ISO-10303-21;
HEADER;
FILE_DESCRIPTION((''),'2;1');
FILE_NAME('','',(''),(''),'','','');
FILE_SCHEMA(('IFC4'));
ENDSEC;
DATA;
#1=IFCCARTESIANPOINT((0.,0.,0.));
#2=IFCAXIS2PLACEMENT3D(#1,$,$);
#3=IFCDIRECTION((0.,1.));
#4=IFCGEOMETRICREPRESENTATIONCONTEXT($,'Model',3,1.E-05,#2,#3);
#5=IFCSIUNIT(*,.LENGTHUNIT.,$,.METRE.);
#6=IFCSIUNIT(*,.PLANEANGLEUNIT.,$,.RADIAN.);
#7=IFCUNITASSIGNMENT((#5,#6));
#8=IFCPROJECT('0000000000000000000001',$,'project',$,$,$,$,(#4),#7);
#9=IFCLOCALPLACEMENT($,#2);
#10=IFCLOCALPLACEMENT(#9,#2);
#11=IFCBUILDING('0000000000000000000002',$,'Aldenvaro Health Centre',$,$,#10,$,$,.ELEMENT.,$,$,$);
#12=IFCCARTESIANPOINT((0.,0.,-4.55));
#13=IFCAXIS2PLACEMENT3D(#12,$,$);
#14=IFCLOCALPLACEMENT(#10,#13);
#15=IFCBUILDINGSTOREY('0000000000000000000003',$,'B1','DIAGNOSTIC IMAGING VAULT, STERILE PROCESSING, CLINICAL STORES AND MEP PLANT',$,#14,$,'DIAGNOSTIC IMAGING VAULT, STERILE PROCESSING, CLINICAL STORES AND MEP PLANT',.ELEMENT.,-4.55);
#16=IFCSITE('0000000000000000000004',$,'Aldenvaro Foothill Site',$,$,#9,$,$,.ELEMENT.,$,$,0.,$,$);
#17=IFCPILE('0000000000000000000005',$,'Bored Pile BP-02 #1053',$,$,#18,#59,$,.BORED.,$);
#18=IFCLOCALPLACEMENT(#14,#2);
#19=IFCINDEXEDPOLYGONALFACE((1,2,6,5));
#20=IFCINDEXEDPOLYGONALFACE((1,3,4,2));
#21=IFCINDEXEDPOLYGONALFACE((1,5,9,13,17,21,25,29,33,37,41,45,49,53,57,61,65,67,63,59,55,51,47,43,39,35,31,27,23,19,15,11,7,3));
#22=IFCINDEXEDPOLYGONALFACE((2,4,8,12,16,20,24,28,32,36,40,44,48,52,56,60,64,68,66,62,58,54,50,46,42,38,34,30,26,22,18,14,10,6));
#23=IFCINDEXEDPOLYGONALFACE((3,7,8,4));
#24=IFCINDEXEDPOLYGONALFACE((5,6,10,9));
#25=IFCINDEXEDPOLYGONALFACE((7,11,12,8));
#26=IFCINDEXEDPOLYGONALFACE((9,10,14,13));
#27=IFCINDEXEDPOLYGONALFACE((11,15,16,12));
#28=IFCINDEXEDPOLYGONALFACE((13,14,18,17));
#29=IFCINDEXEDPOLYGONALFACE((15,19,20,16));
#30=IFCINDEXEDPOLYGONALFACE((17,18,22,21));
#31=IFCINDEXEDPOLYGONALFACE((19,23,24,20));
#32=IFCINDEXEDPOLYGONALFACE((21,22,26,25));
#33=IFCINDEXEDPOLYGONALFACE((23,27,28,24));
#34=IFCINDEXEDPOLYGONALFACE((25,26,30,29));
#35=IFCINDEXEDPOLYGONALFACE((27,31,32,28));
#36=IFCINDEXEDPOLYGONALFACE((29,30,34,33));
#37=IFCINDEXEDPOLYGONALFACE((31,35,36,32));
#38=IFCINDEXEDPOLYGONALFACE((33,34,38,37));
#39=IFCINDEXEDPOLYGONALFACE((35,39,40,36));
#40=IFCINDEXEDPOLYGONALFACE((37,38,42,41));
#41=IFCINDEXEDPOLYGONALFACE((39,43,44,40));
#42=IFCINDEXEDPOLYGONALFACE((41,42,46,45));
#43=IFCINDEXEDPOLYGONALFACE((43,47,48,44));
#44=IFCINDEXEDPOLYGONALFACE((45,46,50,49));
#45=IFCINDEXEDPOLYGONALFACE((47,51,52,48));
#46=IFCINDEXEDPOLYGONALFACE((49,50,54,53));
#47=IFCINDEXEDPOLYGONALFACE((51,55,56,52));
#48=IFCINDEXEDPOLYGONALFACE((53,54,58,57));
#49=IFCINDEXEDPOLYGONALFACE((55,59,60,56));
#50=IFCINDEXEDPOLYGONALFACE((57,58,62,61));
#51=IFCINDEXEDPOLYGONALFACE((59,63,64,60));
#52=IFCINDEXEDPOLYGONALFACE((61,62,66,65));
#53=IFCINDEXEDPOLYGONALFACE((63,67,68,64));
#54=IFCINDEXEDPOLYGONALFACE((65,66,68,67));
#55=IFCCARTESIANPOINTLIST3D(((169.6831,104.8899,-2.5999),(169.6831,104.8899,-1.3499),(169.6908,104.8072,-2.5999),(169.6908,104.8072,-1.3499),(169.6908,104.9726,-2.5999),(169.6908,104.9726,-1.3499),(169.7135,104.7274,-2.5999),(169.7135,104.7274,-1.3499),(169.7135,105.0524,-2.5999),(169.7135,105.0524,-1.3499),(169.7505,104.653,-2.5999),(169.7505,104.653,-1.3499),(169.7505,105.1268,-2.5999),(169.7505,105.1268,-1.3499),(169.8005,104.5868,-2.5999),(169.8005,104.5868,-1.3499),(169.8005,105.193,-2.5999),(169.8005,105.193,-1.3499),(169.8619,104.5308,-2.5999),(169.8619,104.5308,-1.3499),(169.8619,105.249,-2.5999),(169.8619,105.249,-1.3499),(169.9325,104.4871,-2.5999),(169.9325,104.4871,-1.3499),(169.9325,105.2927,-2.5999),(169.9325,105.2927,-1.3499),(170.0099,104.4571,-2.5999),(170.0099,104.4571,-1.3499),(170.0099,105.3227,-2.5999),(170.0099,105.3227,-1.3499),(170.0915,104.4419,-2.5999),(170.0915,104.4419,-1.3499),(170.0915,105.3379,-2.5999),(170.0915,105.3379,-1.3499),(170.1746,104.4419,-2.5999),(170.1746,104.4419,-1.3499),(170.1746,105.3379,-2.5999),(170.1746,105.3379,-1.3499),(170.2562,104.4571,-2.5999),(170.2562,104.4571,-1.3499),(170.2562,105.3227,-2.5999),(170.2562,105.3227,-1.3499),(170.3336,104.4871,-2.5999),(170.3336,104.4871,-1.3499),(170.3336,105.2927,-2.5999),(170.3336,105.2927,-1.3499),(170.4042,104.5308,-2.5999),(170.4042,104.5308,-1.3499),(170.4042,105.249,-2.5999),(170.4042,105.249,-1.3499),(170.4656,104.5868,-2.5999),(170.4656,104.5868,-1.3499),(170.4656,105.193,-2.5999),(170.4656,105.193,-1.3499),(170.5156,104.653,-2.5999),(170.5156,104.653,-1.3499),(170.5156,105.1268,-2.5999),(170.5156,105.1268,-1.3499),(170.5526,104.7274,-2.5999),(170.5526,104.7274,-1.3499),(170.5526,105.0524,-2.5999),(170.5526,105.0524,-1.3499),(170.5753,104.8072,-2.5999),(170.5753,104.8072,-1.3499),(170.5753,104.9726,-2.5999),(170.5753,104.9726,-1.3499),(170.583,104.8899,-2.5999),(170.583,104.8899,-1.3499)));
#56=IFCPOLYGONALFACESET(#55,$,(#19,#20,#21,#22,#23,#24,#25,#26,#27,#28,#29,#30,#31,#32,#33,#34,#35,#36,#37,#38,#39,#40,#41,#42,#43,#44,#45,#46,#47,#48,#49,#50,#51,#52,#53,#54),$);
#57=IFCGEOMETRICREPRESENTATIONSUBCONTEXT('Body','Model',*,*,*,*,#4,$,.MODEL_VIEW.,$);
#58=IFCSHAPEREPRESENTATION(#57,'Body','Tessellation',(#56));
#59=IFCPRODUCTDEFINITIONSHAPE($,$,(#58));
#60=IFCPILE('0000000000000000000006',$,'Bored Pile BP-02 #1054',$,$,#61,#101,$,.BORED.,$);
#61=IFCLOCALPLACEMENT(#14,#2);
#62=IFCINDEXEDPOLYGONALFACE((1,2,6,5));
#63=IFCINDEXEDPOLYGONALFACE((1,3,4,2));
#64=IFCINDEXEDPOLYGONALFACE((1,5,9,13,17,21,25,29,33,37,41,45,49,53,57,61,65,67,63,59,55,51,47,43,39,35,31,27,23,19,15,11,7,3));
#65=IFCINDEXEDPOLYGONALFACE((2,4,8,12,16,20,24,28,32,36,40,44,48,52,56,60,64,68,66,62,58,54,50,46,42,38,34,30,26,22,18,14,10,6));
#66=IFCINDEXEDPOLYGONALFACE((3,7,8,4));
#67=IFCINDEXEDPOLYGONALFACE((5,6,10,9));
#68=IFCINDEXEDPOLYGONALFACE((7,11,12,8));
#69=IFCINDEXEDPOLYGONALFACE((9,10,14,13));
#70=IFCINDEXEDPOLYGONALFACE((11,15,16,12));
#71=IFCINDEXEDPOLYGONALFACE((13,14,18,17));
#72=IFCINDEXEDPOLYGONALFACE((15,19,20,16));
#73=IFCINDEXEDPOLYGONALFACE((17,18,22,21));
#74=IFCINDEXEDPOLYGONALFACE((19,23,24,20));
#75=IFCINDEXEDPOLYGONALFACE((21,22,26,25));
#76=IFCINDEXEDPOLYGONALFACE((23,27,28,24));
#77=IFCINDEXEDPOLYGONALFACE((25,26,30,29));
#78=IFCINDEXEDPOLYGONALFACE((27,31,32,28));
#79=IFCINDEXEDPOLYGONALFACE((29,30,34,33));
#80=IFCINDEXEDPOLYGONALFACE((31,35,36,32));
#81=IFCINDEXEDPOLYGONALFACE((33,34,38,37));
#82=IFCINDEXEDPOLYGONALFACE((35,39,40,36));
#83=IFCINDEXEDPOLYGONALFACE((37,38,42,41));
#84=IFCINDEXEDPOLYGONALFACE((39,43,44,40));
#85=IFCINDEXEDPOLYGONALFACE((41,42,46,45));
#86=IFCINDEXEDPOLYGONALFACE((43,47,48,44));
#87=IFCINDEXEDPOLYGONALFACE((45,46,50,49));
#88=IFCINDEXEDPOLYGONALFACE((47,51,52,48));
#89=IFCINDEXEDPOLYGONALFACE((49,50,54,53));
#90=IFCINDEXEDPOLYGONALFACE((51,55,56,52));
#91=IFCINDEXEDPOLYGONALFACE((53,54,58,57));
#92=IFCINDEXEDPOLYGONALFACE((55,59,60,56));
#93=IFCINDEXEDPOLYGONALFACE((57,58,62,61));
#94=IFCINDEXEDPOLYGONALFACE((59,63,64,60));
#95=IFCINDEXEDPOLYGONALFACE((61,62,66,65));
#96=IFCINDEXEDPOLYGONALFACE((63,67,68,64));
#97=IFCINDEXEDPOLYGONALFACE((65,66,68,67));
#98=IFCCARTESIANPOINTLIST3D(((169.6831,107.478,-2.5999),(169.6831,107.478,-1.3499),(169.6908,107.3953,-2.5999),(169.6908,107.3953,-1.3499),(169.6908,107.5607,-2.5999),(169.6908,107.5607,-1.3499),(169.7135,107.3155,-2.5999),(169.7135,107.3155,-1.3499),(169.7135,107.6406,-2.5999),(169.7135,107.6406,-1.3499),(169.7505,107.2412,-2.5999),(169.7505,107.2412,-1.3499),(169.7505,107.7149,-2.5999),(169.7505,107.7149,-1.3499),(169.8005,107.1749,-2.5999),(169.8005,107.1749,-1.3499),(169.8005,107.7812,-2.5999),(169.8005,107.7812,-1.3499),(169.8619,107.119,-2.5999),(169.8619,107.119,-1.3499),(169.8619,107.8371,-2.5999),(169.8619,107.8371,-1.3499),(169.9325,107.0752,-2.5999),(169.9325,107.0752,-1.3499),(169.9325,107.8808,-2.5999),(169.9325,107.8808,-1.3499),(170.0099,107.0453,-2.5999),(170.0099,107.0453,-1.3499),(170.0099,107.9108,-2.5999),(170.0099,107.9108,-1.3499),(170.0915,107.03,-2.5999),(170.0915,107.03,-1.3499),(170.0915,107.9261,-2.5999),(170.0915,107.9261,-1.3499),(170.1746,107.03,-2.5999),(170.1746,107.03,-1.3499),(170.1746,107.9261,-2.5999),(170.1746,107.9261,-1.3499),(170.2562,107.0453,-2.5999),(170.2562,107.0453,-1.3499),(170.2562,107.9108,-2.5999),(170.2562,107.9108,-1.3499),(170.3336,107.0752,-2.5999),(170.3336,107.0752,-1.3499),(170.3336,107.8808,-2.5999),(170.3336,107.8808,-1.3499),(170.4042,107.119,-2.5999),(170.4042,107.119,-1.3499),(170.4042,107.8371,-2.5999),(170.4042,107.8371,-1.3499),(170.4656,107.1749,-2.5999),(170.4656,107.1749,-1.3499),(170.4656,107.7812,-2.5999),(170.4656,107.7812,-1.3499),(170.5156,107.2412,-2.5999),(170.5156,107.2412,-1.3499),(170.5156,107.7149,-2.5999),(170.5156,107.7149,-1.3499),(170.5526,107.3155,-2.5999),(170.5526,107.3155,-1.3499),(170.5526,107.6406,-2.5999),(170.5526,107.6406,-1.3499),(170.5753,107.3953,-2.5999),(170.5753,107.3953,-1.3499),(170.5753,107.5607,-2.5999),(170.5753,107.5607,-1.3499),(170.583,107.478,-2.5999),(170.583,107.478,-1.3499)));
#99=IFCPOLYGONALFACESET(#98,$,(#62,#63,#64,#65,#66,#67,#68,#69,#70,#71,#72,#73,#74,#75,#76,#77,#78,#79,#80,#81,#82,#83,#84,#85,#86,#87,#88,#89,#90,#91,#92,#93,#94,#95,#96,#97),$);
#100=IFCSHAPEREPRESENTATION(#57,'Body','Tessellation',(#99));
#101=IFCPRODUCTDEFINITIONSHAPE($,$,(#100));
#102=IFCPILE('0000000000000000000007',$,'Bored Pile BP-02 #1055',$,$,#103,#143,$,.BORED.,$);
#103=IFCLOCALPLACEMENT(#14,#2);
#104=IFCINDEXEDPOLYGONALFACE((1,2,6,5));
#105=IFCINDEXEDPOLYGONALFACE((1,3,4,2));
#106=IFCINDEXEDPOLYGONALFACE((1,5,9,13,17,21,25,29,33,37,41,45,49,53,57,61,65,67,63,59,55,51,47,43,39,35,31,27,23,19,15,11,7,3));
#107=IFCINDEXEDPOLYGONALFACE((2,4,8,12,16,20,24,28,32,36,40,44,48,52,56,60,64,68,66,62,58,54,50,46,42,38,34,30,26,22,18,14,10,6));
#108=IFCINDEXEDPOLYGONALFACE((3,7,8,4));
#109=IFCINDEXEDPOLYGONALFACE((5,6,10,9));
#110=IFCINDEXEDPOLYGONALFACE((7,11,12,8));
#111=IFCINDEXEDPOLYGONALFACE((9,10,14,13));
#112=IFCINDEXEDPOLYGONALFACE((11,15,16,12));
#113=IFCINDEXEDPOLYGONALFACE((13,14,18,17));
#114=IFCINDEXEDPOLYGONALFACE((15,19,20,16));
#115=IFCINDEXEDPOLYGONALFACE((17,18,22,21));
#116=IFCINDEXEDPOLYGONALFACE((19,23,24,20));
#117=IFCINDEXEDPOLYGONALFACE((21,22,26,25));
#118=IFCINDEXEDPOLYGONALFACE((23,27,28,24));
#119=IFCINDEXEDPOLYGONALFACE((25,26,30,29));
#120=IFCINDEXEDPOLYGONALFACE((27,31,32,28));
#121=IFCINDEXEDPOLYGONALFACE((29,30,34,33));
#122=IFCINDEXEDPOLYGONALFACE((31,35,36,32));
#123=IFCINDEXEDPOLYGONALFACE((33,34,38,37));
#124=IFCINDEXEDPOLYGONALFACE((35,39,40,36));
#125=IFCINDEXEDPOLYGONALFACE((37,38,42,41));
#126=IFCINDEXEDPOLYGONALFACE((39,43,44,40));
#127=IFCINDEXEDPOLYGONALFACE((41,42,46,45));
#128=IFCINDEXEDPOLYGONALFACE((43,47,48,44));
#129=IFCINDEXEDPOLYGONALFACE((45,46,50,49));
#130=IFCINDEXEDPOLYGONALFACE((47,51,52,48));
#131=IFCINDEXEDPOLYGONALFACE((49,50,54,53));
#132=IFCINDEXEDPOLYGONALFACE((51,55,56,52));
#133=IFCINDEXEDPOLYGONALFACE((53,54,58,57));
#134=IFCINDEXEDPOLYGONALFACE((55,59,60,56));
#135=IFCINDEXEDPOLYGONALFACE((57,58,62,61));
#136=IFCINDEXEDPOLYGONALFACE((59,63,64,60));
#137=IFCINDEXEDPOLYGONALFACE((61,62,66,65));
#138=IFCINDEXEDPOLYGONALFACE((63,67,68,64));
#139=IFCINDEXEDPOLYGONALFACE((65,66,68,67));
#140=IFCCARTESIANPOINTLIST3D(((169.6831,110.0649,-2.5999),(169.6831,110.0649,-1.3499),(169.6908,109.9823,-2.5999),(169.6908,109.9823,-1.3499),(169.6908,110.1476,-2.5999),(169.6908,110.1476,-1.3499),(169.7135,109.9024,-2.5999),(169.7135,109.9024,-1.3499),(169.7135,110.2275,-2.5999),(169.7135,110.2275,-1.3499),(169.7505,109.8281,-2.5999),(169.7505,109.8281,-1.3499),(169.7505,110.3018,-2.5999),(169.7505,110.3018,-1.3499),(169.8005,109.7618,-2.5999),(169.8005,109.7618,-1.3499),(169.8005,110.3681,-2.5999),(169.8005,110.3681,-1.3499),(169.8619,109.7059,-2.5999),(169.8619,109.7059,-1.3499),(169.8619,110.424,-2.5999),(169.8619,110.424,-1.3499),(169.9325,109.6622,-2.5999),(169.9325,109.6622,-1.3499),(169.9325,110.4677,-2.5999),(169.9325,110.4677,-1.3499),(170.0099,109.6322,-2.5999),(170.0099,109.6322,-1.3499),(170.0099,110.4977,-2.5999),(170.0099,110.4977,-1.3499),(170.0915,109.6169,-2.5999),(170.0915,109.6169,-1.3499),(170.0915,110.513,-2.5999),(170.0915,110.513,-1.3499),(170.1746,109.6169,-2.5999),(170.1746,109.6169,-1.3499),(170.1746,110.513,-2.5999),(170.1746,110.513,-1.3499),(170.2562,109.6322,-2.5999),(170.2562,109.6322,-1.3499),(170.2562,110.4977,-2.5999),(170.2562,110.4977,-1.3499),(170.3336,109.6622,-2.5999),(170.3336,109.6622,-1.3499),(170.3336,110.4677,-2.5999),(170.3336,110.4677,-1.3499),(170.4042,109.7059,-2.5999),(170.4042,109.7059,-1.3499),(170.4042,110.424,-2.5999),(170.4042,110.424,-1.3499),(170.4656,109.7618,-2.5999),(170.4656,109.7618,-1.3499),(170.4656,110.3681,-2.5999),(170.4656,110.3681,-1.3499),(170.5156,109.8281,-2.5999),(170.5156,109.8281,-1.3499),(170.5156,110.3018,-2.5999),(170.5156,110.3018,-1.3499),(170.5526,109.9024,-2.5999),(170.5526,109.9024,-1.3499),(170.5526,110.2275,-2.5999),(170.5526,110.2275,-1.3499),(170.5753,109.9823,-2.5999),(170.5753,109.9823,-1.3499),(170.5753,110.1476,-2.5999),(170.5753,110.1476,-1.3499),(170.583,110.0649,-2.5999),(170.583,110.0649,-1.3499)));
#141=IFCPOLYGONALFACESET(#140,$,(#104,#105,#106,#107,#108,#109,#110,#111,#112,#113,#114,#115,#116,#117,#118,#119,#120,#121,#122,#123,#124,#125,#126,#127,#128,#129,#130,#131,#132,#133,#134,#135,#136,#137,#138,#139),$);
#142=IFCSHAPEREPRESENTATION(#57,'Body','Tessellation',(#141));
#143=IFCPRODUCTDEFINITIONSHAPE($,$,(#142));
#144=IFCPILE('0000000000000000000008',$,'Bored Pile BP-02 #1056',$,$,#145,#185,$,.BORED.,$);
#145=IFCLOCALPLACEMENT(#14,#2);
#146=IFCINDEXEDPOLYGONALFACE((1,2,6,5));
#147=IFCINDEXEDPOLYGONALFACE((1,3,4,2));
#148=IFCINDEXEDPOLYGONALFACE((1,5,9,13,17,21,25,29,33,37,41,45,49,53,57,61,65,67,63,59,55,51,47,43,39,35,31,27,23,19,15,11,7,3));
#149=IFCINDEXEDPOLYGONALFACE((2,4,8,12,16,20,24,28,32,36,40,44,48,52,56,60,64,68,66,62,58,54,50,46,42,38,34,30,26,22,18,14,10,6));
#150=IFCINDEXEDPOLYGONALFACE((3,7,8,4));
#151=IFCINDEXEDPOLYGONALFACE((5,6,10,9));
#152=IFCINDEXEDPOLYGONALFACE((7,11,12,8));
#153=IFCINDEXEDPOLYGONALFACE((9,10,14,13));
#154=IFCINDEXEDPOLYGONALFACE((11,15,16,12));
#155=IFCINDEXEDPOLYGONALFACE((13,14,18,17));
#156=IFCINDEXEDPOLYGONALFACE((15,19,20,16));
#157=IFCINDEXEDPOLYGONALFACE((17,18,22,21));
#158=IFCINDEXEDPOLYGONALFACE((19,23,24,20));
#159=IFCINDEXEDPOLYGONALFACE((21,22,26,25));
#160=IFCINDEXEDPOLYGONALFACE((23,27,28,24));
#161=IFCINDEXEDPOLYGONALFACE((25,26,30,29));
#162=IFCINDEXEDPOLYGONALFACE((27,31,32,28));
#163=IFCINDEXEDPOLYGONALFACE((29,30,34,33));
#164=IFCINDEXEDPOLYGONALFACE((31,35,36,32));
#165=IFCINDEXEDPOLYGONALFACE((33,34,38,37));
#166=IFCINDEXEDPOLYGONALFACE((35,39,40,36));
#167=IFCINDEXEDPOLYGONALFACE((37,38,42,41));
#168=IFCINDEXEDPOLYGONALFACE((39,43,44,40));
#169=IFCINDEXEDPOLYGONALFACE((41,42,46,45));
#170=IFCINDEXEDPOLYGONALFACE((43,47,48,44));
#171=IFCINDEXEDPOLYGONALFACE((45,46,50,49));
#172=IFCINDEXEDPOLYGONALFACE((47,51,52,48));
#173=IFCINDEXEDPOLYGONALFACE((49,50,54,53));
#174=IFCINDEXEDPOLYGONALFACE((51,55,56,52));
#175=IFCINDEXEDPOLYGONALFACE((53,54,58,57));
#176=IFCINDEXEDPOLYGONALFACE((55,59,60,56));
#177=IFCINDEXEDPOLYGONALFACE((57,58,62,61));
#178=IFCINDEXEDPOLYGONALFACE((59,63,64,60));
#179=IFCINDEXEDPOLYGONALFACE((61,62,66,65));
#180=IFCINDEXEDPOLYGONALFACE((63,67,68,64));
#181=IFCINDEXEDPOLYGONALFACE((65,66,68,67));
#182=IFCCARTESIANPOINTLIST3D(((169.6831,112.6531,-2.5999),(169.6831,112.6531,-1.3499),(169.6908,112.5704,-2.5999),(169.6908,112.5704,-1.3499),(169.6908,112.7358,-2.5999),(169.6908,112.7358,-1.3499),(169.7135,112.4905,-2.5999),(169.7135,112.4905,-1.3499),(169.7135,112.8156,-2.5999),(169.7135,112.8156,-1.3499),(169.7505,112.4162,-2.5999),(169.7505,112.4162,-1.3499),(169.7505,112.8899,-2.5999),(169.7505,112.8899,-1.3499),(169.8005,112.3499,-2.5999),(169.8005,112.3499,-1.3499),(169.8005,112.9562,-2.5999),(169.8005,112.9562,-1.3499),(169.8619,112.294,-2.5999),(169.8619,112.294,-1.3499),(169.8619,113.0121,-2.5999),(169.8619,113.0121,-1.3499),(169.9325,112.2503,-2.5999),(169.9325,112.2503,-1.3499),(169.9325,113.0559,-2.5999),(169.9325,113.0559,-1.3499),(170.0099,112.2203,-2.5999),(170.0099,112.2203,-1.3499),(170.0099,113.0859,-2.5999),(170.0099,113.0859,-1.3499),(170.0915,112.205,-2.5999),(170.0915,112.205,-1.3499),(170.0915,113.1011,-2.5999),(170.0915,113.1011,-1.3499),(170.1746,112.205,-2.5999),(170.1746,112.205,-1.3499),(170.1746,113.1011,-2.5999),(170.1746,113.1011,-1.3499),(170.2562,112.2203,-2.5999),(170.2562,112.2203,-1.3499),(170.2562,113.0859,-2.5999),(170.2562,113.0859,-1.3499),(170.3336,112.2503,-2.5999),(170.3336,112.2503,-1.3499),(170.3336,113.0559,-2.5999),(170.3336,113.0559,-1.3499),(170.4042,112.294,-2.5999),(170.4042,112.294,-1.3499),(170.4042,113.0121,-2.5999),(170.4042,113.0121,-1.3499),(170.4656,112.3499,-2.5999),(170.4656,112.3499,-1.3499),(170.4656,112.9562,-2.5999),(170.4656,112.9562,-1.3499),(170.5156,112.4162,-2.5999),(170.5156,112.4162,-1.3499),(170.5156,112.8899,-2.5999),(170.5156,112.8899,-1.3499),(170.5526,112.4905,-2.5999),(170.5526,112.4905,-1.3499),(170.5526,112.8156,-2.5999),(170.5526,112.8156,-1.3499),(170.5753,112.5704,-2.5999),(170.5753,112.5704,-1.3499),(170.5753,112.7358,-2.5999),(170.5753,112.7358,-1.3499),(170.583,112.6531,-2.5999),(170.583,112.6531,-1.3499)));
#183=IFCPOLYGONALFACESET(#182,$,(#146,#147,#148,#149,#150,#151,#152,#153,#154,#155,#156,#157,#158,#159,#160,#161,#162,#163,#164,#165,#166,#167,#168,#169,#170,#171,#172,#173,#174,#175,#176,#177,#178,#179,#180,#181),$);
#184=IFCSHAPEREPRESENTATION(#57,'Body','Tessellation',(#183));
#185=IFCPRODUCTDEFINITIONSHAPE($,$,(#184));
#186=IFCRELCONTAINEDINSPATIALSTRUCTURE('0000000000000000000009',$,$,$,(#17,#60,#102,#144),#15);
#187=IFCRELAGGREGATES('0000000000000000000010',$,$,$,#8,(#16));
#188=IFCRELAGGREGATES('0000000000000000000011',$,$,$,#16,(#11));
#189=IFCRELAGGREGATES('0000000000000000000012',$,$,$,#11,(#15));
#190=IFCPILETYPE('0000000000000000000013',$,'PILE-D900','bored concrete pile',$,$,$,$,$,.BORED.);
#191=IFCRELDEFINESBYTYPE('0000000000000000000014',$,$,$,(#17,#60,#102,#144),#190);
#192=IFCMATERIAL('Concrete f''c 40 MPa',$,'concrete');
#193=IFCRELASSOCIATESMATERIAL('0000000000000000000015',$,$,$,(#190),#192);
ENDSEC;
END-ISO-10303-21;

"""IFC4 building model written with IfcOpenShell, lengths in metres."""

from ifc_helpers import new_model, si_unit, direction, frame, origin, origin_2d, place, context, subcontext, project, spatial, circle, extrude, material, material_profile, profile_set, type_object, element, save


model = new_model("IFC4")

# Units and contexts
model_context = context("Model", 3, precision=1e-05, world=origin(), true_north=direction((0.0, 1.0)))
body_context = subcontext(model_context, "Body", "Model", "MODEL_VIEW")
ifc_project = project(units=[si_unit("LENGTHUNIT", "METRE"), si_unit("PLANEANGLEUNIT", "RADIAN")], contexts=[model_context])

# Site, building, storey
site_placement = place(None, origin())
site = spatial("IfcSite", under=ifc_project, at=site_placement, Name="Aldenvaro Foothill Site", CompositionType="ELEMENT", RefElevation=0.0)
building_placement = place(site_placement, origin())
building = spatial("IfcBuilding", under=site, at=building_placement, Name="Aldenvaro Health Centre", CompositionType="ELEMENT")
storey_placement = place(building_placement, frame((0.0, 0.0, -4.55)))
storey = spatial("IfcBuildingStorey", under=building, at=storey_placement, Name="B1", Description="DIAGNOSTIC IMAGING VAULT, STERILE PROCESSING, CLINICAL STORES AND MEP PLANT", LongName="DIAGNOSTIC IMAGING VAULT, STERILE PROCESSING, CLINICAL STORES AND MEP PLANT", CompositionType="ELEMENT", Elevation=-4.55)

# Piles
ifc_material_1 = material(Name="Concrete f'c 40 MPa", Category="concrete")
ifc_material_profile_1 = material_profile(ifc_material_1, circle(Radius=0.45, at=origin_2d()), Name="PILE D900", Category="concrete")
ifc_profile_set_1 = profile_set([ifc_material_profile_1], Name="Concrete f'c 40 MPa")
pile_type = type_object("IfcPileType", Name="PILE-D900", Description="bored concrete pile", PredefinedType="BORED", material=ifc_profile_set_1)
for number, where, z_axis, x_axis, name in (
    (1, (170.1331, 104.8899, -1.3499), (0.0, 0.0, -1.0), (1.0, 0.0, 0.0), "Bored Pile BP-02 #1053"),
    (2, (170.1331, 107.478, -1.3499), (0.0, 0.0, -1.0), (1.0, 0.0, 0.0), "Bored Pile BP-02 #1054"),
    (3, (170.1331, 110.0649, -1.3499), (0.0, 0.0, -1.0), (1.0, 0.0, 0.0), "Bored Pile BP-02 #1055"),
    (4, (170.1331, 112.6531, -1.3499), (0.0, 0.0, -1.0), (1.0, 0.0, 0.0), "Bored Pile BP-02 #1056"),
):
    element("IfcPile", number, at=place(storey_placement, frame(where, z_axis=z_axis, x_axis=x_axis)), inside=storey, type_object=pile_type, Name=name, PredefinedType="BORED", context=body_context, shape_type="SweptSolid", body=[
        extrude(circle(Radius=0.45, at=origin_2d()), origin(), (0.0, 0.0, 1.0), 1.25),
    ])

save(model, "model.ifc")
